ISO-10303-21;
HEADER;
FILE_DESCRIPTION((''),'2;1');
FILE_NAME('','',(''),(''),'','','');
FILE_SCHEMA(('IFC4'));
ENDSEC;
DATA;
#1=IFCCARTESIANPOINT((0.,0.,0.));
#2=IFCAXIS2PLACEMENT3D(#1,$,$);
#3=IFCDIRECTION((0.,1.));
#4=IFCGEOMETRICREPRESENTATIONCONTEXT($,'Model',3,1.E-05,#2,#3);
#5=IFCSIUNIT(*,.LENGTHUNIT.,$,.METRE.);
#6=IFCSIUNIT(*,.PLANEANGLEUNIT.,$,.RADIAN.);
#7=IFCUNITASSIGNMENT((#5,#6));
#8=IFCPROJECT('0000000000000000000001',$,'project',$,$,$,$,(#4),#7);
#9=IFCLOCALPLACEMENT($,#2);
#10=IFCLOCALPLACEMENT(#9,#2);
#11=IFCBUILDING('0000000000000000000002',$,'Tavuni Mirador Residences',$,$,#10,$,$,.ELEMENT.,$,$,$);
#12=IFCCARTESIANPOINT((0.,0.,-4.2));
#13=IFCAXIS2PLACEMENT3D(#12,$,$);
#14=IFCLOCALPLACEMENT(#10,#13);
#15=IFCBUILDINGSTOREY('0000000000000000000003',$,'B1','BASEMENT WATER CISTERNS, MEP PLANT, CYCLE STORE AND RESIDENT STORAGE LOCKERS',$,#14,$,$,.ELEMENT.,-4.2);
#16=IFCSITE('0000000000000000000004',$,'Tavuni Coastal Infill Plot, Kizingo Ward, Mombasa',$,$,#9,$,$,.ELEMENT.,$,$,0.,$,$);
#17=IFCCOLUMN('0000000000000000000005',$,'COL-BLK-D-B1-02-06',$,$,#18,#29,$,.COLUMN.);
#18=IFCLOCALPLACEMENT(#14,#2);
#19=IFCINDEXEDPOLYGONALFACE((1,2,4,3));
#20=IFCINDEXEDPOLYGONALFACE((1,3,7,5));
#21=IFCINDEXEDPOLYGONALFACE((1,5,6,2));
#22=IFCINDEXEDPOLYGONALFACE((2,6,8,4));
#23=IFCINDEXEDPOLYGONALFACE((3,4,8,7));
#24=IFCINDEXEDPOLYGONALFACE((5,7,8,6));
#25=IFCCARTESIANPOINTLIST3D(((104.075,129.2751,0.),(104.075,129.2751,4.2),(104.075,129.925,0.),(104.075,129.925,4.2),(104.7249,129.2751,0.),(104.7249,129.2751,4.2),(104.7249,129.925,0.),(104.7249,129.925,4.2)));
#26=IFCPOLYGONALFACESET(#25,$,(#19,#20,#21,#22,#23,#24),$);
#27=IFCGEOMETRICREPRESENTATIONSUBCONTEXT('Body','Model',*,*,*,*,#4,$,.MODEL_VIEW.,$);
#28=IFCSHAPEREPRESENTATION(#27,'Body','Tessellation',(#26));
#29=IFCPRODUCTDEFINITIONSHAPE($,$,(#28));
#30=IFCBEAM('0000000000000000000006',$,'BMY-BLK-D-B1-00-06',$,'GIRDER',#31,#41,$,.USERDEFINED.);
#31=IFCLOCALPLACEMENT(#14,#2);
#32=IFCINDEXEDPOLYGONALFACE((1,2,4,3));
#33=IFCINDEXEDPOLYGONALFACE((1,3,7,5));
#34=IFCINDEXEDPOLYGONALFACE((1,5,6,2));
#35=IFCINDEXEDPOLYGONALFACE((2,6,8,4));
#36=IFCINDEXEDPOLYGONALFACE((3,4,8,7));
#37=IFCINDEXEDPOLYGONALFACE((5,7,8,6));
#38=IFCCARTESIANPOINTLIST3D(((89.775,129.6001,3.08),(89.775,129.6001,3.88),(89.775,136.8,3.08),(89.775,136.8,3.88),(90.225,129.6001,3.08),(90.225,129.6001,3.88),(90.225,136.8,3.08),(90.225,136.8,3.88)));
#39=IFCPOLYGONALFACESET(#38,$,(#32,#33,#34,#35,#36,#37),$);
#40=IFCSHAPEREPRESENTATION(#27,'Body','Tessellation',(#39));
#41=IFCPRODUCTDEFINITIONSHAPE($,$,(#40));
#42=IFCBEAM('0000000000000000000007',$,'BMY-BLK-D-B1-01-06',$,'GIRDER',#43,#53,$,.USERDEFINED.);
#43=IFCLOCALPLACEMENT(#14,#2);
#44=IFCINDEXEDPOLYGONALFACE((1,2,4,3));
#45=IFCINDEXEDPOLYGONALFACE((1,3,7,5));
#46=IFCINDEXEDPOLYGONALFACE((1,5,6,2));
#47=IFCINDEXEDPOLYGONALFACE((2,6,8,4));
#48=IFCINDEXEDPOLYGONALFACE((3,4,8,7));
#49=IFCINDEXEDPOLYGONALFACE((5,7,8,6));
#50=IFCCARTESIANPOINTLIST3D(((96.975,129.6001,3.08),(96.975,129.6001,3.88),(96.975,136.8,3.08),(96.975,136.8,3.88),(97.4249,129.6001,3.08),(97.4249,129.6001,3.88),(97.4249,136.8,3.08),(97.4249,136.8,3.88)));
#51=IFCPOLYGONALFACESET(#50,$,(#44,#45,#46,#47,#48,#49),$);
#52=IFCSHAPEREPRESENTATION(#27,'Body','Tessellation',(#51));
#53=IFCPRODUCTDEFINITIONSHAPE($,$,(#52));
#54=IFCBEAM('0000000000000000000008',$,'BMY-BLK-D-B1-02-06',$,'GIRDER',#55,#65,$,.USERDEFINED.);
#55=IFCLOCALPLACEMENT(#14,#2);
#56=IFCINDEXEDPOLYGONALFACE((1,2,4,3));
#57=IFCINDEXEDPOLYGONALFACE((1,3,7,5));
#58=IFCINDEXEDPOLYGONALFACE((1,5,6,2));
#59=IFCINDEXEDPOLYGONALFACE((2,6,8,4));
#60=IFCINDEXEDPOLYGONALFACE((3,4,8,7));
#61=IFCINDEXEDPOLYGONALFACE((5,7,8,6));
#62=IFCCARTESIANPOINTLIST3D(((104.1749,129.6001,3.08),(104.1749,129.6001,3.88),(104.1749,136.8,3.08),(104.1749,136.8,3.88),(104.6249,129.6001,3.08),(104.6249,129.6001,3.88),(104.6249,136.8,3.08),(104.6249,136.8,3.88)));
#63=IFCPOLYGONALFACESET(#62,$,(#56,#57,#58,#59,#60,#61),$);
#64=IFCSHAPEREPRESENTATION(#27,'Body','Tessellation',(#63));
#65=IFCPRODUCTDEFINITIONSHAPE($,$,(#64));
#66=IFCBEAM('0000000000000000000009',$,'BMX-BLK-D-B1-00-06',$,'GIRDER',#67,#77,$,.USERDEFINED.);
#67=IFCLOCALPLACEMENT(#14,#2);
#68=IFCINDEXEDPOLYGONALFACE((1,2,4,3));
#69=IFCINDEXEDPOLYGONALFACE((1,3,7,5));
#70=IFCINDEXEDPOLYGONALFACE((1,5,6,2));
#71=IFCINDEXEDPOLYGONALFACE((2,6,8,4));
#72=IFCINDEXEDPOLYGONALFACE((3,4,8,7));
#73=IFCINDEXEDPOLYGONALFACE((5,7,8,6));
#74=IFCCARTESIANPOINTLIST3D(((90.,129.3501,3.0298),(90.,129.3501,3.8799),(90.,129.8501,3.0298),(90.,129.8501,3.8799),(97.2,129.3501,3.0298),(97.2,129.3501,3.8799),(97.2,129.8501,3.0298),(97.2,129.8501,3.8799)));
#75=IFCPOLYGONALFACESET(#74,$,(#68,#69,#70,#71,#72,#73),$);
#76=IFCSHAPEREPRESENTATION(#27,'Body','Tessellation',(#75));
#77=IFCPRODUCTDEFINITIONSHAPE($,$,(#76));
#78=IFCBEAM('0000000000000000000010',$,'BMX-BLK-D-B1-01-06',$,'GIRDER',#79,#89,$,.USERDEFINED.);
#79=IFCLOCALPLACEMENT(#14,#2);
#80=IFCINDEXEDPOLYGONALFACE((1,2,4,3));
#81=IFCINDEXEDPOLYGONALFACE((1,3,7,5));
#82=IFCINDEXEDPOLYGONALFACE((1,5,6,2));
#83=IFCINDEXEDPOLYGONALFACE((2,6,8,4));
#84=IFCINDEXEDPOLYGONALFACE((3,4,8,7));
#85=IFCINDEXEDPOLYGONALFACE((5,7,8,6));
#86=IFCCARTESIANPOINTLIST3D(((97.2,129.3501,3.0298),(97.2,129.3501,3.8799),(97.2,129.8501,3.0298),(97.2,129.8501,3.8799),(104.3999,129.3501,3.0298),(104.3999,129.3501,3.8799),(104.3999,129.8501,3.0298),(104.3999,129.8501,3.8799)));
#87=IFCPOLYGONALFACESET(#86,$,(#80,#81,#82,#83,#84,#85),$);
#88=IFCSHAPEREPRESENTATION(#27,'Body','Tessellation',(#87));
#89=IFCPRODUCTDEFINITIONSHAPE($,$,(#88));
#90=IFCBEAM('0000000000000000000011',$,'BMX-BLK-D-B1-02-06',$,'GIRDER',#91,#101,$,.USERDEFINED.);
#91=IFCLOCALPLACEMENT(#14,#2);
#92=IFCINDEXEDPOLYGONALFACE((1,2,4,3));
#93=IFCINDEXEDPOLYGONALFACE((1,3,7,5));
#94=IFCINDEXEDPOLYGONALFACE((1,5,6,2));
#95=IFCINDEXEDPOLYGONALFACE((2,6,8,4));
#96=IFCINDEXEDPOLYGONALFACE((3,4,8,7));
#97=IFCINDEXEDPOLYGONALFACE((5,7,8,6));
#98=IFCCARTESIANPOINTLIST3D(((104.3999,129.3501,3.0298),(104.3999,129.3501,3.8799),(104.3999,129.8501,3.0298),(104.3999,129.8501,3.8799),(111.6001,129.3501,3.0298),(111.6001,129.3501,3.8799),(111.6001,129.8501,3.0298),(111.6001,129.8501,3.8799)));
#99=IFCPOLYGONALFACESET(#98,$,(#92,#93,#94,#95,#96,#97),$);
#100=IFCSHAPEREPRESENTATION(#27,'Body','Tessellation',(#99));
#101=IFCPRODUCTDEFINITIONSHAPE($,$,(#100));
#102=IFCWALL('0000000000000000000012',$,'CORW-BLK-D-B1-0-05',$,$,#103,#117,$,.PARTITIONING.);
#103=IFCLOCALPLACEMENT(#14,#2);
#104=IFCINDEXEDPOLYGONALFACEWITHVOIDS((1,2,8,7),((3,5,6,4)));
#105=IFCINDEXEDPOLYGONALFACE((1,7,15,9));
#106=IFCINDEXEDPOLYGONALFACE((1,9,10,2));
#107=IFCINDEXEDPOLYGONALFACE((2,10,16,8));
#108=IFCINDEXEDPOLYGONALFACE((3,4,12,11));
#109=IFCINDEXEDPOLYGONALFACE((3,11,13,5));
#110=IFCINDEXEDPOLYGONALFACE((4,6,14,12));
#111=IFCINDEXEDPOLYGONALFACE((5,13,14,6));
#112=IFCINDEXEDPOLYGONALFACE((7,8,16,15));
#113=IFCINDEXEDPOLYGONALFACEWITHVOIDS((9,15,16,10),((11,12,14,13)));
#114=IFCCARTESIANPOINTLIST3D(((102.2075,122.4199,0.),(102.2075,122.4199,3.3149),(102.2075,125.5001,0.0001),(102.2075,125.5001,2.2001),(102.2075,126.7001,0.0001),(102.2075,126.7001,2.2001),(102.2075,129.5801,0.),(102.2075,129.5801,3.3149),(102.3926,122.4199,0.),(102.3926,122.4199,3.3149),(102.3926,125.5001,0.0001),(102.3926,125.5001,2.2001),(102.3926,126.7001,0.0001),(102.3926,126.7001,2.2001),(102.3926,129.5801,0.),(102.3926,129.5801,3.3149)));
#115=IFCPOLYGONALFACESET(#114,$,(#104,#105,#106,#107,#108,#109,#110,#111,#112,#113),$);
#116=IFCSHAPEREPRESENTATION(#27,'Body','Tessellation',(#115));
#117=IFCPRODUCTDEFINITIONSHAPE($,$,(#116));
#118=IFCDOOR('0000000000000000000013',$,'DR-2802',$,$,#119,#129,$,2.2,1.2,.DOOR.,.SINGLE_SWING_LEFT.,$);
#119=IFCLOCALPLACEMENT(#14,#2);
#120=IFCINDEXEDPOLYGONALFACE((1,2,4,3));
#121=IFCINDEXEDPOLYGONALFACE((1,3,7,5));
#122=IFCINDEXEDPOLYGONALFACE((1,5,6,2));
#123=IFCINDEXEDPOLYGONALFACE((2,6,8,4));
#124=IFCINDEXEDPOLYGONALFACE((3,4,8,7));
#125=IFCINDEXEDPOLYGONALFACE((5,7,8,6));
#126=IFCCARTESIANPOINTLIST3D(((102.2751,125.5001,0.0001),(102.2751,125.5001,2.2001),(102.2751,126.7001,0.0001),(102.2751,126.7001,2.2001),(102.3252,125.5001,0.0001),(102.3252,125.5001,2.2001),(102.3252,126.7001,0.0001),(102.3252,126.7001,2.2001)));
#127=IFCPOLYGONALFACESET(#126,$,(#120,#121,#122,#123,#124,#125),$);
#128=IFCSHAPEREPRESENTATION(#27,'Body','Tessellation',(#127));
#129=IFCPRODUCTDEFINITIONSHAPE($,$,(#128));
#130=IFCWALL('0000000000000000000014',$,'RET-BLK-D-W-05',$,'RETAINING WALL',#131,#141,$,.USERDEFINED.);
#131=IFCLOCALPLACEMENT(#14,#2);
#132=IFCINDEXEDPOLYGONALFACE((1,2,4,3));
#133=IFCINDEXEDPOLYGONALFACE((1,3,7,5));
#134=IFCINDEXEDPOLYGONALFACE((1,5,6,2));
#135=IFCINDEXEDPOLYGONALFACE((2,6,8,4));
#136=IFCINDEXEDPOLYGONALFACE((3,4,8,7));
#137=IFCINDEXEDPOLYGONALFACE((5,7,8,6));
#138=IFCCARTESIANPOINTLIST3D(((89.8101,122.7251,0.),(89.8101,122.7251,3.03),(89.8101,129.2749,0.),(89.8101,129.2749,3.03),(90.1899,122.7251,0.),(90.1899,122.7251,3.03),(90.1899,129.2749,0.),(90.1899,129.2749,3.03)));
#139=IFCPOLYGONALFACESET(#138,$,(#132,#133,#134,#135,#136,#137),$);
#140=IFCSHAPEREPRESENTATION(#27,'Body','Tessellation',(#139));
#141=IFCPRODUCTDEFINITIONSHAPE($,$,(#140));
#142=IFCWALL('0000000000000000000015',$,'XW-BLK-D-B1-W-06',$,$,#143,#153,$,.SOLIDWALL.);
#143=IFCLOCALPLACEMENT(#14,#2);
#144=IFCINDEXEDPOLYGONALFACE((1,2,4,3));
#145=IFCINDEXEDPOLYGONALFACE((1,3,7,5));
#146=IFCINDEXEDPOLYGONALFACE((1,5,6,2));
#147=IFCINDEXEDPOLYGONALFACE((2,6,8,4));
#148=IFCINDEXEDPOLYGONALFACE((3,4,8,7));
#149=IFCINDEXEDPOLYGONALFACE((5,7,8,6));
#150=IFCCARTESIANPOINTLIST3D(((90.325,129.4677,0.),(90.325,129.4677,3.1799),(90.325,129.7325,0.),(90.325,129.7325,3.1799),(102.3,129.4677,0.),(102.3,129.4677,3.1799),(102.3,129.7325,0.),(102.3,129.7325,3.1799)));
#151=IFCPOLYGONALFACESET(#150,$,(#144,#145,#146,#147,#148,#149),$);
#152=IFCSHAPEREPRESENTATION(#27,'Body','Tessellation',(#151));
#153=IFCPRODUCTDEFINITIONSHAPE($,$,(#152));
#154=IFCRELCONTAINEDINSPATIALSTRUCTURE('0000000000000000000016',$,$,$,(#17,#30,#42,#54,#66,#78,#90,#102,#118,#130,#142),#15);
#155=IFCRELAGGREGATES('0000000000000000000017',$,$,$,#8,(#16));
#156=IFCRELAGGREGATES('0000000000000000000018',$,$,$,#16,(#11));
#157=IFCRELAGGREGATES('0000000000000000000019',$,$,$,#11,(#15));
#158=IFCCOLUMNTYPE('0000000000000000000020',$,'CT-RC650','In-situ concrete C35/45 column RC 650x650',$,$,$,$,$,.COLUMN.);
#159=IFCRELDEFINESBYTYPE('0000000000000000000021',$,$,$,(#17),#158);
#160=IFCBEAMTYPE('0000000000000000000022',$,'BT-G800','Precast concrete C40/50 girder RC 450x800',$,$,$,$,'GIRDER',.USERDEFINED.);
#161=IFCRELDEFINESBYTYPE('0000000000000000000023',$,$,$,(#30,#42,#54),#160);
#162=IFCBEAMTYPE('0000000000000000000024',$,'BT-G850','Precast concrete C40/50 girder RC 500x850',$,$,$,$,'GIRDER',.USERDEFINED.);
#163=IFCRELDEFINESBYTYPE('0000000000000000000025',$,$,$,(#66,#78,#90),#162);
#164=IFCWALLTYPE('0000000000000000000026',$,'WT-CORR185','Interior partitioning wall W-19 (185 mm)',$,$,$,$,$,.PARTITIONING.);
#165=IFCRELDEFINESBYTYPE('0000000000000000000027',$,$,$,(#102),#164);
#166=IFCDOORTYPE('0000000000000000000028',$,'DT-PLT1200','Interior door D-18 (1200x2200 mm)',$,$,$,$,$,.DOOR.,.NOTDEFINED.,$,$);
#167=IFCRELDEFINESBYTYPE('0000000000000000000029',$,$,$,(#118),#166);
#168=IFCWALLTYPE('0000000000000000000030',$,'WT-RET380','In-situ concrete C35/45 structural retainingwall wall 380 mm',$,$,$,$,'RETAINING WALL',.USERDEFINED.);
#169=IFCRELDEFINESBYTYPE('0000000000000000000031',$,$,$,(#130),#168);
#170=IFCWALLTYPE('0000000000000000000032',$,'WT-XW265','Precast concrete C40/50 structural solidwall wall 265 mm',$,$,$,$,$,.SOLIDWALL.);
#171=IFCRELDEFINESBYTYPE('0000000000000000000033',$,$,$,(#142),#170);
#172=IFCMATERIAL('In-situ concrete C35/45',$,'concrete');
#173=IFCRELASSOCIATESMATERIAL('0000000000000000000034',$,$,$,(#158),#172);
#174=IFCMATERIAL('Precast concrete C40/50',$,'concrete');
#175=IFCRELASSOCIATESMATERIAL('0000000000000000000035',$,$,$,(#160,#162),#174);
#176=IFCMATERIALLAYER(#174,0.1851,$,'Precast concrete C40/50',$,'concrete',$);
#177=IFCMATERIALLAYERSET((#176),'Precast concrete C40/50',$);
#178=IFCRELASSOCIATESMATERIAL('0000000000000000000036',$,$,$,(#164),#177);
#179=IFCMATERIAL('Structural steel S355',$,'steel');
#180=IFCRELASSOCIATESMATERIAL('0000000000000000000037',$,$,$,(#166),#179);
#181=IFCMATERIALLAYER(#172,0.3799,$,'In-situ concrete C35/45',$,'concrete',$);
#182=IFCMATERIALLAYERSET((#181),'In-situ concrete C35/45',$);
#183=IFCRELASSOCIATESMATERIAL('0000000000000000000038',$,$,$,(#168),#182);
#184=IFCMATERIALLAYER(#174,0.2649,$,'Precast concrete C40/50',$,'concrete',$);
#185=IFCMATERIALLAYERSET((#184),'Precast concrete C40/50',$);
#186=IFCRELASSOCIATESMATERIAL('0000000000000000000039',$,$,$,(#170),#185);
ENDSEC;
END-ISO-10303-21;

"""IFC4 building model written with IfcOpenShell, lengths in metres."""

from ifc_helpers import new_model, si_unit, direction, frame, frame_2d, origin, origin_2d, place, context, subcontext, project, spatial, rectangle, extrude, material, layer, layer_set, material_profile, profile_set, type_object, element, fill, save


model = new_model("IFC4")

# Units and contexts
model_context = context("Model", 3, precision=1e-05, world=origin(), true_north=direction((0.0, 1.0)))
body_context = subcontext(model_context, "Body", "Model", "MODEL_VIEW")
ifc_project = project(units=[si_unit("LENGTHUNIT", "METRE"), si_unit("PLANEANGLEUNIT", "RADIAN")], contexts=[model_context])

# Site, building, storey
site_placement = place(None, origin())
site = spatial("IfcSite", under=ifc_project, at=site_placement, Name="Tavuni Coastal Infill Plot, Kizingo Ward, Mombasa", CompositionType="ELEMENT", RefElevation=0.0)
building_placement = place(site_placement, origin())
building = spatial("IfcBuilding", under=site, at=building_placement, Name="Tavuni Mirador Residences", CompositionType="ELEMENT")
storey_placement = place(building_placement, frame((0.0, 0.0, -4.2)))
storey = spatial("IfcBuildingStorey", under=building, at=storey_placement, Name="B1", Description="BASEMENT WATER CISTERNS, MEP PLANT, CYCLE STORE AND RESIDENT STORAGE LOCKERS", CompositionType="ELEMENT", Elevation=-4.2)

# Shared definitions
ifc_material_1 = material(Name="In-situ concrete C35/45", Category="concrete")

# Column
ifc_material_profile_1 = material_profile(ifc_material_1, rectangle(XDim=0.6499, YDim=0.6499, at=origin_2d()), Name="RC 650x650", Category="concrete")
ifc_profile_set_1 = profile_set([ifc_material_profile_1], Name="In-situ concrete C35/45")
column_type = type_object("IfcColumnType", Name="CT-RC650", Description="In-situ concrete C35/45 column RC 650x650", PredefinedType="COLUMN", material=ifc_profile_set_1)
for number, where, z_axis, x_axis, name in (
    (1, (104.3999, 129.6001, 0.0), (0.0, 0.0, 1.0), (1.0, 0.0, 0.0), "COL-BLK-D-B1-02-06"),
):
    element("IfcColumn", number, at=place(storey_placement, frame(where, z_axis=z_axis, x_axis=x_axis)), inside=storey, type_object=column_type, Name=name, PredefinedType="COLUMN", context=body_context, shape_type="SweptSolid", body=[
        extrude(rectangle(XDim=0.6499, YDim=0.6499, at=origin_2d()), origin(), (0.0, 0.0, 1.0), 4.2),
    ])

# Beams
ifc_material_2 = material(Name="Precast concrete C40/50", Category="concrete")
ifc_material_profile_2 = material_profile(ifc_material_2, rectangle(XDim=0.45, YDim=0.8, at=origin_2d()), Name="RC 450x800", Category="concrete")
ifc_profile_set_2 = profile_set([ifc_material_profile_2], Name="Precast concrete C40/50")
beam_type_1 = type_object("IfcBeamType", Name="BT-G800", Description="Precast concrete C40/50 girder RC 450x800", ElementType="GIRDER", PredefinedType="USERDEFINED", material=ifc_profile_set_2)
for number, where, z_axis, x_axis, name in (
    (2, (90.0, 129.6001, 3.48), (0.0, 1.0, 0.0), (-1.0, 0.0, 0.0), "BMY-BLK-D-B1-00-06"),
    (3, (97.2, 129.6001, 3.48), (0.0, 1.0, 0.0), (-1.0, 0.0, 0.0), "BMY-BLK-D-B1-01-06"),
    (4, (104.3999, 129.6001, 3.48), (0.0, 1.0, 0.0), (-1.0, 0.0, 0.0), "BMY-BLK-D-B1-02-06"),
):
    element("IfcBeam", number, at=place(storey_placement, frame(where, z_axis=z_axis, x_axis=x_axis)), inside=storey, type_object=beam_type_1, Name=name, ObjectType="GIRDER", PredefinedType="USERDEFINED", context=body_context, shape_type="SweptSolid", body=[
        extrude(rectangle(XDim=0.45, YDim=0.8, at=origin_2d()), origin(), (0.0, 0.0, 1.0), 7.2),
    ])
ifc_material_profile_3 = material_profile(ifc_material_2, rectangle(XDim=0.5, YDim=0.8501, at=origin_2d()), Name="RC 500x850", Category="concrete")
ifc_profile_set_3 = profile_set([ifc_material_profile_3], Name="Precast concrete C40/50")
beam_type_2 = type_object("IfcBeamType", Name="BT-G850", Description="Precast concrete C40/50 girder RC 500x850", ElementType="GIRDER", PredefinedType="USERDEFINED", material=ifc_profile_set_3)
for number, where, z_axis, x_axis, name in (
    (5, (90.0, 129.6001, 3.4548), (1.0, 0.0, 0.0), (0.0, 1.0, 0.0), "BMX-BLK-D-B1-00-06"),
    (6, (97.2, 129.6001, 3.4548), (1.0, 0.0, 0.0), (0.0, 1.0, 0.0), "BMX-BLK-D-B1-01-06"),
):
    element("IfcBeam", number, at=place(storey_placement, frame(where, z_axis=z_axis, x_axis=x_axis)), inside=storey, type_object=beam_type_2, Name=name, ObjectType="GIRDER", PredefinedType="USERDEFINED", context=body_context, shape_type="SweptSolid", body=[
        extrude(rectangle(XDim=0.5, YDim=0.8501, at=origin_2d()), origin(), (0.0, 0.0, 1.0), 7.2),
    ])
beam_placement = place(storey_placement, frame((104.3999, 129.6001, 3.4548), z_axis=(1.0, 0.0, 0.0), x_axis=(0.0, 1.0, 0.0)))
element("IfcBeam", 7, at=beam_placement, inside=storey, type_object=beam_type_2, Name="BMX-BLK-D-B1-02-06", ObjectType="GIRDER", PredefinedType="USERDEFINED", context=body_context, shape_type="SweptSolid", body=[
    extrude(rectangle(XDim=0.5, YDim=0.8501, at=origin_2d()), origin(), (0.0, 0.0, 1.0), 7.2002),
])

# Wall, opening, door
ifc_layer_1 = layer(ifc_material_2, 0.1851, Name="Precast concrete C40/50", Category="concrete")
ifc_layer_set_1 = layer_set([ifc_layer_1], Name="Precast concrete C40/50")
wall_type_1 = type_object("IfcWallType", Name="WT-CORR185", Description="Interior partitioning wall W-19 (185 mm)", PredefinedType="PARTITIONING", material=ifc_layer_set_1)
wall_1_placement = place(storey_placement, frame((102.3, 122.4199, 0.0), z_axis=(0.0, 0.0, 1.0), x_axis=(0.0, 1.0, 0.0)))
wall_1 = element("IfcWall", 8, at=wall_1_placement, inside=storey, type_object=wall_type_1, Name="CORW-BLK-D-B1-0-05", PredefinedType="PARTITIONING", context=body_context, shape_type="SweptSolid", body=[
    extrude(rectangle(XDim=7.1602, YDim=0.1851, at=frame_2d((3.5801, 0.0))), origin(), (0.0, 0.0, 1.0), 3.3149),
])
opening_placement = place(wall_1_placement, frame((3.0801, 0.0, 0.0)))
opening = element("IfcOpeningElement", 9, at=opening_placement, cuts=wall_1, PredefinedType="OPENING", context=body_context, shape_type="SweptSolid", body=[
    extrude(rectangle(XDim=1.2, YDim=2.2, at=frame_2d((0.6001, 1.1001))), frame((0.0, 0.1025, 0.0), z_axis=(0.0, -1.0, 0.0), x_axis=(1.0, 0.0, 0.0)), (0.0, 0.0, 1.0), 0.2051),
])
ifc_material_3 = material(Name="Structural steel S355", Category="steel")
door_type = type_object("IfcDoorType", Name="DT-PLT1200", Description="Interior door D-18 (1200x2200 mm)", OperationType="NOTDEFINED", PredefinedType="DOOR", material=ifc_material_3)
door_placement = place(opening_placement, origin())
door = element("IfcDoor", 10, at=door_placement, inside=storey, type_object=door_type, Name="DR-2802", OperationType="SINGLE_SWING_LEFT", OverallHeight=2.2, OverallWidth=1.2, PredefinedType="DOOR", context=body_context, shape_type="SweptSolid", body=[
    extrude(rectangle(XDim=1.2, YDim=2.2, at=frame_2d((0.6001, 1.1001))), frame((0.0, 0.0249, 0.0), z_axis=(0.0, -1.0, 0.0), x_axis=(1.0, 0.0, 0.0)), (0.0, 0.0, 1.0), 0.05),
])
fill(opening, door)

# Walls
ifc_layer_2 = layer(ifc_material_1, 0.3799, Name="In-situ concrete C35/45", Category="concrete")
ifc_layer_set_2 = layer_set([ifc_layer_2], Name="In-situ concrete C35/45")
wall_type_2 = type_object("IfcWallType", Name="WT-RET380", Description="In-situ concrete C35/45 structural retainingwall wall 380 mm", ElementType="RETAINING WALL", PredefinedType="USERDEFINED", material=ifc_layer_set_2)
wall_2_placement = place(storey_placement, frame((90.0, 129.2749, 0.0), z_axis=(0.0, 0.0, 1.0), x_axis=(0.0, -1.0, 0.0)))
element("IfcWall", 11, at=wall_2_placement, inside=storey, type_object=wall_type_2, Name="RET-BLK-D-W-05", ObjectType="RETAINING WALL", PredefinedType="USERDEFINED", context=body_context, shape_type="SweptSolid", body=[
    extrude(rectangle(XDim=6.5498, YDim=0.3799, at=frame_2d((3.2749, 0.0))), origin(), (0.0, 0.0, 1.0), 3.03),
])
ifc_layer_3 = layer(ifc_material_2, 0.2649, Name="Precast concrete C40/50", Category="concrete")
ifc_layer_set_3 = layer_set([ifc_layer_3], Name="Precast concrete C40/50")
wall_type_3 = type_object("IfcWallType", Name="WT-XW265", Description="Precast concrete C40/50 structural solidwall wall 265 mm", PredefinedType="SOLIDWALL", material=ifc_layer_set_3)
wall_3_placement = place(storey_placement, frame((90.325, 129.6001, 0.0), z_axis=(0.0, 0.0, 1.0), x_axis=(1.0, 0.0, 0.0)))
element("IfcWall", 12, at=wall_3_placement, inside=storey, type_object=wall_type_3, Name="XW-BLK-D-B1-W-06", PredefinedType="SOLIDWALL", context=body_context, shape_type="SweptSolid", body=[
    extrude(rectangle(XDim=11.9751, YDim=0.2649, at=frame_2d((5.9875, 0.0))), origin(), (0.0, 0.0, 1.0), 3.1799),
])

save(model, "model.ifc")
